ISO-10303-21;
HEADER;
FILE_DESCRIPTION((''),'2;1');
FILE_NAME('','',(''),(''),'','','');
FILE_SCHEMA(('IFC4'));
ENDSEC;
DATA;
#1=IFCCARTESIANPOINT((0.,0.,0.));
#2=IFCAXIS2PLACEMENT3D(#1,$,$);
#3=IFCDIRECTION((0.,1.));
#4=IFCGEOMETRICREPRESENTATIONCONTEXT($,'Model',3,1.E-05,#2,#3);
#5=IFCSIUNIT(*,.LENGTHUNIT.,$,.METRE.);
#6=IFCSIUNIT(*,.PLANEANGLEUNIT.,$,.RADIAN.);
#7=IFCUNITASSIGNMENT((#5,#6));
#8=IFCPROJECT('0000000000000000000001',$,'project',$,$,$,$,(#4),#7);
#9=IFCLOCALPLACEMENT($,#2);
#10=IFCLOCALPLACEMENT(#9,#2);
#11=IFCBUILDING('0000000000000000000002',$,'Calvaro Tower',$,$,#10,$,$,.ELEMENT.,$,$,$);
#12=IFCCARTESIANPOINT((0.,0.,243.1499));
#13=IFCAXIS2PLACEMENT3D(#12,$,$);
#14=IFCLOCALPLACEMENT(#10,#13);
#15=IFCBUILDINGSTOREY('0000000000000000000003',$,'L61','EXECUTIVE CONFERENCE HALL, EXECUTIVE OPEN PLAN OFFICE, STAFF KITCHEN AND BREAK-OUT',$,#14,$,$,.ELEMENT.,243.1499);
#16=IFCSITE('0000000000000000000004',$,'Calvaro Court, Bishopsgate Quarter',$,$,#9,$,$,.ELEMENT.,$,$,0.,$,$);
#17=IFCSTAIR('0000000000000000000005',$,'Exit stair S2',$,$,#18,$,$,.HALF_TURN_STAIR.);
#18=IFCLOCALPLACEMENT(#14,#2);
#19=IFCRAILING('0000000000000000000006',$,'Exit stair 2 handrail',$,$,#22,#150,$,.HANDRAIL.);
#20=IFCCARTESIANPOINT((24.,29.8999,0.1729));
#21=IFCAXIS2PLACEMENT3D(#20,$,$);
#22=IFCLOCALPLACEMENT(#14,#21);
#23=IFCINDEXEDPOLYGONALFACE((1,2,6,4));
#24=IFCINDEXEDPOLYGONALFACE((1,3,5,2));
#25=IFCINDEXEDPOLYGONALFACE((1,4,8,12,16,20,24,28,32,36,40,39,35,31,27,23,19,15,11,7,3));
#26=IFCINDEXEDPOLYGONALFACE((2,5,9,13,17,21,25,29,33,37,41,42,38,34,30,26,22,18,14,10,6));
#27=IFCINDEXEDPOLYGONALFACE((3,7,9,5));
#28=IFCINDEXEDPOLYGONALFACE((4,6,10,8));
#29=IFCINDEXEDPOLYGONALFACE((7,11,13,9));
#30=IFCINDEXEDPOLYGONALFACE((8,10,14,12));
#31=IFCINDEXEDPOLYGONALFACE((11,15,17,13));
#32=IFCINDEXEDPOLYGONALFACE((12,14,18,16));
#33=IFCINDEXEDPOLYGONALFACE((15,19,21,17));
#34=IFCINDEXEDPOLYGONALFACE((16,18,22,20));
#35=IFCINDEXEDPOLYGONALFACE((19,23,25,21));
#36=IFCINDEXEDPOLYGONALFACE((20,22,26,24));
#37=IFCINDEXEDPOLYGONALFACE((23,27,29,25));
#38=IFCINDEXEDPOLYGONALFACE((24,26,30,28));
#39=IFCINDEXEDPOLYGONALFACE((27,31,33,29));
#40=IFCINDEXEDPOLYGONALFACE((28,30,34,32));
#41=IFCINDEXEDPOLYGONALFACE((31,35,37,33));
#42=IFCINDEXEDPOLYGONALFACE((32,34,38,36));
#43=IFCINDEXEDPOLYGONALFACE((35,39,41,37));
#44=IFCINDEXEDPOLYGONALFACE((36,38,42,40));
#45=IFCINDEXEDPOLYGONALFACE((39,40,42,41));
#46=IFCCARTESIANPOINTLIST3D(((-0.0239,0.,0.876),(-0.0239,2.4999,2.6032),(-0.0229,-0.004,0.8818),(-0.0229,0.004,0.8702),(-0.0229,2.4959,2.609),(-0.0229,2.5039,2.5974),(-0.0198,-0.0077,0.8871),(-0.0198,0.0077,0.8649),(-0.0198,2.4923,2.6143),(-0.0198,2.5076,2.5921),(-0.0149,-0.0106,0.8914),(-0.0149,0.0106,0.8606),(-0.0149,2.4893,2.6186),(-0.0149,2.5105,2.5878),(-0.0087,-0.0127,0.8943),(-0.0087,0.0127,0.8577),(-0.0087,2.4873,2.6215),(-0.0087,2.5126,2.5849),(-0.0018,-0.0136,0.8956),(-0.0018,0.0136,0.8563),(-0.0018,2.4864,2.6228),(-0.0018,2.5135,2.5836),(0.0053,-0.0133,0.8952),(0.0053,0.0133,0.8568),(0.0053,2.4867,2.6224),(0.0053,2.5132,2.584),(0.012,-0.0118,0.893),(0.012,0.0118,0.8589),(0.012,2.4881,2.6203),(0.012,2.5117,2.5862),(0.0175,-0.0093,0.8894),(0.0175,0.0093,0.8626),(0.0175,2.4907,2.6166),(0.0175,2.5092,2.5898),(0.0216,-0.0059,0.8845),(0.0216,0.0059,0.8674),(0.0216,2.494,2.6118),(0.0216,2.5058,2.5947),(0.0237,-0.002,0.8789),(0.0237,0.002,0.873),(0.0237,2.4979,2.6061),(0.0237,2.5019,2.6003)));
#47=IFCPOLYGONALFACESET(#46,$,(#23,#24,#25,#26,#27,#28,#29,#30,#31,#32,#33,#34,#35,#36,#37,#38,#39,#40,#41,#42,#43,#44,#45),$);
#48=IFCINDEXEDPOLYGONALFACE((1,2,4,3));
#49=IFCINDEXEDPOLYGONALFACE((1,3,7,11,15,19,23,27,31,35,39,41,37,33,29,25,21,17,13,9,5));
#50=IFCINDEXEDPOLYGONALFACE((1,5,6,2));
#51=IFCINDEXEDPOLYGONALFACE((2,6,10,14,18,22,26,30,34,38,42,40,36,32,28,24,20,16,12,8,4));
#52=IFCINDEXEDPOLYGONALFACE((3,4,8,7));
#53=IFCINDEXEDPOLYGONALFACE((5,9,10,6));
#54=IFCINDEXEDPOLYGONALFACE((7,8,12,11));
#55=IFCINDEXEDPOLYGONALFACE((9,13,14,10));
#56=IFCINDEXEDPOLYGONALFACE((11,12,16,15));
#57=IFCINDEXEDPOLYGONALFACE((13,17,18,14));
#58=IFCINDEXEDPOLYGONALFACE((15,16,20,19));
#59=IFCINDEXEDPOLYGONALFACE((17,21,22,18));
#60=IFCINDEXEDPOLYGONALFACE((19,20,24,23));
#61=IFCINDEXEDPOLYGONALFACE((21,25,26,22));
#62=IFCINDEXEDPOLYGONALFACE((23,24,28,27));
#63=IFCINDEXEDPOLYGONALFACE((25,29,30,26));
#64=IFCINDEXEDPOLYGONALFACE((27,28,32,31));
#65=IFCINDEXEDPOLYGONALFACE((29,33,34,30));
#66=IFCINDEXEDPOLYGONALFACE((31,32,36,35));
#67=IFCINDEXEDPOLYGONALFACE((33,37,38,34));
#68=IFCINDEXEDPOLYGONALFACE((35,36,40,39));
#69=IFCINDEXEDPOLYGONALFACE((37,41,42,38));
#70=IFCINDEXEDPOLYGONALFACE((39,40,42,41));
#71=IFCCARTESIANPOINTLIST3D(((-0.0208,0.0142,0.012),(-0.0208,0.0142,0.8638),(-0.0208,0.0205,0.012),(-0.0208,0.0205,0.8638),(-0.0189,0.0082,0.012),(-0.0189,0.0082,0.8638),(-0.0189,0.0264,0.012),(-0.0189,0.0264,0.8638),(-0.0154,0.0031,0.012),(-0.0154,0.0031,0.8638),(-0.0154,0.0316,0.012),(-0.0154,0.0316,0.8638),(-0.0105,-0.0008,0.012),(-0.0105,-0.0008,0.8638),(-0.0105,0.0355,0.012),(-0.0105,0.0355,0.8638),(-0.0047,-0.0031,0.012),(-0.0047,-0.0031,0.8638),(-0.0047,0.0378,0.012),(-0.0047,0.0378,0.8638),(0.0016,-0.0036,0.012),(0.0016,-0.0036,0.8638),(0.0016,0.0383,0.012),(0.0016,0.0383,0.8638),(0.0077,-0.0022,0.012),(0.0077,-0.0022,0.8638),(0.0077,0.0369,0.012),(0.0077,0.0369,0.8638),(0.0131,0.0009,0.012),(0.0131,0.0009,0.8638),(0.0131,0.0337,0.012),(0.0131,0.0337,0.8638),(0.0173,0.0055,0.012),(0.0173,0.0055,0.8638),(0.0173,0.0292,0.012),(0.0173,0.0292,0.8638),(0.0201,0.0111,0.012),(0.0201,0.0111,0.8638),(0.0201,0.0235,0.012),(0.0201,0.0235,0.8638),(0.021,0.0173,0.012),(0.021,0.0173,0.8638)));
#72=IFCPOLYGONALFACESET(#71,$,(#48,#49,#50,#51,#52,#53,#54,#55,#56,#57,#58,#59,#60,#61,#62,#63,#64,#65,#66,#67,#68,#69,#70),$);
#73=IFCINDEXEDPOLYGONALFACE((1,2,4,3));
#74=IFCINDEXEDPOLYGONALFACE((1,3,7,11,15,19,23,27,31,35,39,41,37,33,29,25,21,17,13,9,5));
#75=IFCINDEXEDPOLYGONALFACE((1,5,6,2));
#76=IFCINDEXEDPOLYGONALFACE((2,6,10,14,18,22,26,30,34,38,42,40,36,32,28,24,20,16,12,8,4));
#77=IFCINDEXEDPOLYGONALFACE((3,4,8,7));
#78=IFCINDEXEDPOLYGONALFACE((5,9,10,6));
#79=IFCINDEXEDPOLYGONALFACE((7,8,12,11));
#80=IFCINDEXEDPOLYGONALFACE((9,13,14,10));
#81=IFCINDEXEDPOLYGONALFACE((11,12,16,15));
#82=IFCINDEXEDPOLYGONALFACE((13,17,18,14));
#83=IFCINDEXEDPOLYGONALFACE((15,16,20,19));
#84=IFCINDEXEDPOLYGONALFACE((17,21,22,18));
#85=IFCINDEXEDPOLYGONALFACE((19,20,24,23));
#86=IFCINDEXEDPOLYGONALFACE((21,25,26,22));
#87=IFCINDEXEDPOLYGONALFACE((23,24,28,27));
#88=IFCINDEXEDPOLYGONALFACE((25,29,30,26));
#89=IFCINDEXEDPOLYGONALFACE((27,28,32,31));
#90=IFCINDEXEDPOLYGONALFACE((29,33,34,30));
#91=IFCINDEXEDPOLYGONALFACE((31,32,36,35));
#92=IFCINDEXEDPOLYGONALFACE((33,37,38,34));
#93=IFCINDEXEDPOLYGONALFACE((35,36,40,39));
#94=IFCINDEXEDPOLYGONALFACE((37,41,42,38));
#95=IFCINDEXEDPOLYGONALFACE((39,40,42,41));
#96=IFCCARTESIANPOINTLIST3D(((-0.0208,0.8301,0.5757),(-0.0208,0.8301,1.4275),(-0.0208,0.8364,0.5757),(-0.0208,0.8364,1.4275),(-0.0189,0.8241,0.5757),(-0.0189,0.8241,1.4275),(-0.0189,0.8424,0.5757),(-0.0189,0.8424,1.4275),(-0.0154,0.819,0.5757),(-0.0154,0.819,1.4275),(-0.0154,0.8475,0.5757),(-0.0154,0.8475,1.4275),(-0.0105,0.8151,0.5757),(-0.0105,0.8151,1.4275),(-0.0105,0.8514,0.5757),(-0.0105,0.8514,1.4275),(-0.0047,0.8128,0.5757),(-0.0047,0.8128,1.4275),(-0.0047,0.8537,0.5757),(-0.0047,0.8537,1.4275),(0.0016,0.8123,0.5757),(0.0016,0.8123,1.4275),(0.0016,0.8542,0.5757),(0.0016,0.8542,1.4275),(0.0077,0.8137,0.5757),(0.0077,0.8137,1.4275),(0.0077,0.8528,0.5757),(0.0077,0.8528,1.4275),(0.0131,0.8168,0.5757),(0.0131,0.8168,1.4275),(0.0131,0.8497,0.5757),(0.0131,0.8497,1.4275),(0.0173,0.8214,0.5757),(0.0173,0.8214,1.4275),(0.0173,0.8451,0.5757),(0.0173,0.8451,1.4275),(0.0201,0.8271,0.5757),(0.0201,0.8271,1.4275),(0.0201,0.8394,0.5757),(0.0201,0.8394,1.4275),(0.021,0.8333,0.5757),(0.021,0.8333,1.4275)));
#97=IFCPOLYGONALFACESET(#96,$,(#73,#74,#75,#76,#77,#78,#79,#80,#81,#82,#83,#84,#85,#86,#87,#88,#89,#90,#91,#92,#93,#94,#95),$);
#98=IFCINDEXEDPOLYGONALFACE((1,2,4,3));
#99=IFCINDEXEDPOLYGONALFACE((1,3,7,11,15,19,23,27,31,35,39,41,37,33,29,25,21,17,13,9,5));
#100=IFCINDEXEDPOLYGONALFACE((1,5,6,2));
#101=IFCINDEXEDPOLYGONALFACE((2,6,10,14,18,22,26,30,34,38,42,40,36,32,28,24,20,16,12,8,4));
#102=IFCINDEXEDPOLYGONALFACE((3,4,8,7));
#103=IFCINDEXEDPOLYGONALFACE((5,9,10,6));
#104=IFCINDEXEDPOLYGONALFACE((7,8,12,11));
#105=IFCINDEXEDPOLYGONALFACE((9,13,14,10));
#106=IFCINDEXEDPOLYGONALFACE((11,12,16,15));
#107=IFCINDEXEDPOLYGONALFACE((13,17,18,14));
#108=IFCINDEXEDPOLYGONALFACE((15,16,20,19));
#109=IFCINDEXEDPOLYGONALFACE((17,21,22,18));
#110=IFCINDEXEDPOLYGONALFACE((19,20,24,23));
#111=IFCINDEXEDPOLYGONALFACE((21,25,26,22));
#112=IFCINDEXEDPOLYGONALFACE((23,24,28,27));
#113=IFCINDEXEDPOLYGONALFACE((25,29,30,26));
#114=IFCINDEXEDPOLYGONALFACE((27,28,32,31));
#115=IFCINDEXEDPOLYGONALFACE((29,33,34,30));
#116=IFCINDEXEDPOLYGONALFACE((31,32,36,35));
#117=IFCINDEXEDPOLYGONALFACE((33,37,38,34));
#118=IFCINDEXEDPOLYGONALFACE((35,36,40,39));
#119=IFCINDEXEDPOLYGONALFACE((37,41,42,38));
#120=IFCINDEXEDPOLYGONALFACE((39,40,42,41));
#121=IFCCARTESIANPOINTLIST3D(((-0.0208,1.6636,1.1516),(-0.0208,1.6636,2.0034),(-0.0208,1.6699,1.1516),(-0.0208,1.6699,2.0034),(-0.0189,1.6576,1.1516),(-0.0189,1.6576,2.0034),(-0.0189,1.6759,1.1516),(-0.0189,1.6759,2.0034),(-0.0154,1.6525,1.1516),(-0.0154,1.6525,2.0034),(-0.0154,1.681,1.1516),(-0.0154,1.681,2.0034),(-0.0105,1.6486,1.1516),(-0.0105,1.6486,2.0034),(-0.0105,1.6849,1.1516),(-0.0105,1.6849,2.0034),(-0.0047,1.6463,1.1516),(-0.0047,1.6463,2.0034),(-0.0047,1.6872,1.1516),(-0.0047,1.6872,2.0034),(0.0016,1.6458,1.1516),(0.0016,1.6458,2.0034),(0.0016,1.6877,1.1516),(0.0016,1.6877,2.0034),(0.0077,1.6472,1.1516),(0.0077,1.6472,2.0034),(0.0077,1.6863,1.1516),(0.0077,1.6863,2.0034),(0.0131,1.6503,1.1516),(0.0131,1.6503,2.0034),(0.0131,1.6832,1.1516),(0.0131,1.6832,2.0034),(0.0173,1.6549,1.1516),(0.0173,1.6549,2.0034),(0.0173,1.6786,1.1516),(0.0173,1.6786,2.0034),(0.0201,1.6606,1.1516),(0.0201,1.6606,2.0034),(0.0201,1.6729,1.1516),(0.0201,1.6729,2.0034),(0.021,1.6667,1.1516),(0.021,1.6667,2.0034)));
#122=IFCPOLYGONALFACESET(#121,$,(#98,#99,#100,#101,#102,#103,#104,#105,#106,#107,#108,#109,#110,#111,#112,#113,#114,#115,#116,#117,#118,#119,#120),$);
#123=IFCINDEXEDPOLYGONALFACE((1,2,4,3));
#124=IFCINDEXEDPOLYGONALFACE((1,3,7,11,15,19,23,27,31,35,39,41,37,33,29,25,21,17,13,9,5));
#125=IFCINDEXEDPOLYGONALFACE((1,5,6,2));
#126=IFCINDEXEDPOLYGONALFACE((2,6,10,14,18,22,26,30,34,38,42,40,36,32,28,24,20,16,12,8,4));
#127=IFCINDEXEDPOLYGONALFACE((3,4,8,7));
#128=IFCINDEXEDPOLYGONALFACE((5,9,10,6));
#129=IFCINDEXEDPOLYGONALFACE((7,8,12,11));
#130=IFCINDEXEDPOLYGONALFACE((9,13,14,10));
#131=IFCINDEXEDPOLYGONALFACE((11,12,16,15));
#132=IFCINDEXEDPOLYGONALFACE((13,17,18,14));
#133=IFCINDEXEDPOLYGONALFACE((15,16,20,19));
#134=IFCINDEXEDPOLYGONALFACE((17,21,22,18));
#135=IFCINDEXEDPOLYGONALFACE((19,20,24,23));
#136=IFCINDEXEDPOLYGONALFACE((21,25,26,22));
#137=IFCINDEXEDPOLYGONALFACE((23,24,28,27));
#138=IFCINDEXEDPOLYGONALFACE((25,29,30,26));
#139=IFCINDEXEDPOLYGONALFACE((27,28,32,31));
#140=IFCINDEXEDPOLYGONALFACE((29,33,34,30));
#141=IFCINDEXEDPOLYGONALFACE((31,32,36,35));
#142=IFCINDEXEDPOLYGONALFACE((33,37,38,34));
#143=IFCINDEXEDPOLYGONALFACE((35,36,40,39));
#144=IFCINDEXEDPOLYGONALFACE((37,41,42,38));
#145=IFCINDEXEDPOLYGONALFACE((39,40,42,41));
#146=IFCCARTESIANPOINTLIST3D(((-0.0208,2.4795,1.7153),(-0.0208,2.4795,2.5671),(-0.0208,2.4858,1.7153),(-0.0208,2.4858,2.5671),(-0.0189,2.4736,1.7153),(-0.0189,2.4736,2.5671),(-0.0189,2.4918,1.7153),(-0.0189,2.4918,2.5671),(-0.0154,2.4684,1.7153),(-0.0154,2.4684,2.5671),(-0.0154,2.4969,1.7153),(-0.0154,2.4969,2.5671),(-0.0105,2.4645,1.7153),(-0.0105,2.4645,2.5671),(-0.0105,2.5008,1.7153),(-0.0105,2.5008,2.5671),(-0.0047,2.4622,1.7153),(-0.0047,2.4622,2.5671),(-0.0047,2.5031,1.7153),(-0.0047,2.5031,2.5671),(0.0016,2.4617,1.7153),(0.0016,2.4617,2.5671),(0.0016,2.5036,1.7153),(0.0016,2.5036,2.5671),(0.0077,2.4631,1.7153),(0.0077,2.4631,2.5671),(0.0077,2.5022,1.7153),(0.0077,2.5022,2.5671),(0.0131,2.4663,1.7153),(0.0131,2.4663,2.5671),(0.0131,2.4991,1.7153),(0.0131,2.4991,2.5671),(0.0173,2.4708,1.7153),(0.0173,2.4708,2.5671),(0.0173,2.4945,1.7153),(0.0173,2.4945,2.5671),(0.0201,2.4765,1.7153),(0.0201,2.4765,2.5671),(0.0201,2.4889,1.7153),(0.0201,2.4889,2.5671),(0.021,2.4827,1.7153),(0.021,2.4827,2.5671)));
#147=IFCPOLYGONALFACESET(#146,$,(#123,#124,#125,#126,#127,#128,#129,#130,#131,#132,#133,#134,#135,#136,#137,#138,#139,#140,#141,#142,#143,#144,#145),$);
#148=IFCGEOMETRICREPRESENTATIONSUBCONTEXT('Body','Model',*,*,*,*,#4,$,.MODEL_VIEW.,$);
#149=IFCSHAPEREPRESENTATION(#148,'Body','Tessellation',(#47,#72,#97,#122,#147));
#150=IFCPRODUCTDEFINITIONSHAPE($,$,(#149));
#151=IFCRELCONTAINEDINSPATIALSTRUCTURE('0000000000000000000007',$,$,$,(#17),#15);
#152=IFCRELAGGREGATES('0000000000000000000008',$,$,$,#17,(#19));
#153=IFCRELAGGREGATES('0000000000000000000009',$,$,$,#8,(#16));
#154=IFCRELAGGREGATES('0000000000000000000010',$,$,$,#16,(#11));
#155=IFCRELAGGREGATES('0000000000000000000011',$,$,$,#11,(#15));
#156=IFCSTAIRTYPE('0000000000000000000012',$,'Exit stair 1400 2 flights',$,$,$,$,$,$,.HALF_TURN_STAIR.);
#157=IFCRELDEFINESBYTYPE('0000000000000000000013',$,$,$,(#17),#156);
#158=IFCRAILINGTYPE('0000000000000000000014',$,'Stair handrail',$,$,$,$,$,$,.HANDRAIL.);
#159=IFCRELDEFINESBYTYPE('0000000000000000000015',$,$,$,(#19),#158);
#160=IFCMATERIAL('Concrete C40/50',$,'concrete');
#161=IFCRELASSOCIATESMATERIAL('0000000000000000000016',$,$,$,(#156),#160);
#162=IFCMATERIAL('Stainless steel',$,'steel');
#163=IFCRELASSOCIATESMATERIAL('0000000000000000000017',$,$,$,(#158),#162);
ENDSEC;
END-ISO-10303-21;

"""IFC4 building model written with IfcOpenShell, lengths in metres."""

from ifc_helpers import new_model, si_unit, direction, frame, origin, origin_2d, place, context, subcontext, project, spatial, circle, extrude, material, type_object, element, aggregate, save


model = new_model("IFC4")

# Units and contexts
model_context = context("Model", 3, precision=1e-05, world=origin(), true_north=direction((0.0, 1.0)))
body_context = subcontext(model_context, "Body", "Model", "MODEL_VIEW")
ifc_project = project(units=[si_unit("LENGTHUNIT", "METRE"), si_unit("PLANEANGLEUNIT", "RADIAN")], contexts=[model_context])

# Site, building, storey
site_placement = place(None, origin())
site = spatial("IfcSite", under=ifc_project, at=site_placement, Name="Calvaro Court, Bishopsgate Quarter", CompositionType="ELEMENT", RefElevation=0.0)
building_placement = place(site_placement, origin())
building = spatial("IfcBuilding", under=site, at=building_placement, Name="Calvaro Tower", CompositionType="ELEMENT")
storey_placement = place(building_placement, frame((0.0, 0.0, 243.1499)))
storey = spatial("IfcBuildingStorey", under=building, at=storey_placement, Name="L61", Description="EXECUTIVE CONFERENCE HALL, EXECUTIVE OPEN PLAN OFFICE, STAFF KITCHEN AND BREAK-OUT", CompositionType="ELEMENT", Elevation=243.1499)

# Stair, railing
ifc_material_1 = material(Name="Concrete C40/50", Category="concrete")
stair_type = type_object("IfcStairType", Name="Exit stair 1400 2 flights", PredefinedType="HALF_TURN_STAIR", material=ifc_material_1)
stair_placement = place(storey_placement, origin())
stair = element("IfcStair", 1, at=stair_placement, inside=storey, type_object=stair_type, Name="Exit stair S2", PredefinedType="HALF_TURN_STAIR")
ifc_material_2 = material(Name="Stainless steel", Category="steel")
railing_type = type_object("IfcRailingType", Name="Stair handrail", PredefinedType="HANDRAIL", material=ifc_material_2)
railing_1_placement = place(storey_placement, frame((24.0, 29.8999, 0.1729)))
railing_1 = element("IfcRailing", 2, at=railing_1_placement, type_object=railing_type, Name="Exit stair 2 handrail", PredefinedType="HANDRAIL", context=body_context, shape_type="SweptSolid", body=[
    extrude(circle(Radius=0.0239, at=origin_2d()), frame((0.0, 0.0, 0.876), z_axis=(0.0, 0.822727, 0.568437), x_axis=(-1.0, 0.0, 0.0)), (0.0, 0.0, 1.0), 3.0386),
    extrude(circle(Radius=0.021, at=origin_2d()), frame((0.0, 0.0173, 0.012)), (0.0, 0.0, 1.0), 0.8518),
    extrude(circle(Radius=0.021, at=origin_2d()), frame((0.0, 0.8333, 0.5757)), (0.0, 0.0, 1.0), 0.8518),
    extrude(circle(Radius=0.021, at=origin_2d()), frame((0.0, 1.6667, 1.1516)), (0.0, 0.0, 1.0), 0.8518),
    extrude(circle(Radius=0.021, at=origin_2d()), frame((0.0, 2.4827, 1.7153)), (0.0, 0.0, 1.0), 0.8518),
])
aggregate(stair, [railing_1])

save(model, "model.ifc")
